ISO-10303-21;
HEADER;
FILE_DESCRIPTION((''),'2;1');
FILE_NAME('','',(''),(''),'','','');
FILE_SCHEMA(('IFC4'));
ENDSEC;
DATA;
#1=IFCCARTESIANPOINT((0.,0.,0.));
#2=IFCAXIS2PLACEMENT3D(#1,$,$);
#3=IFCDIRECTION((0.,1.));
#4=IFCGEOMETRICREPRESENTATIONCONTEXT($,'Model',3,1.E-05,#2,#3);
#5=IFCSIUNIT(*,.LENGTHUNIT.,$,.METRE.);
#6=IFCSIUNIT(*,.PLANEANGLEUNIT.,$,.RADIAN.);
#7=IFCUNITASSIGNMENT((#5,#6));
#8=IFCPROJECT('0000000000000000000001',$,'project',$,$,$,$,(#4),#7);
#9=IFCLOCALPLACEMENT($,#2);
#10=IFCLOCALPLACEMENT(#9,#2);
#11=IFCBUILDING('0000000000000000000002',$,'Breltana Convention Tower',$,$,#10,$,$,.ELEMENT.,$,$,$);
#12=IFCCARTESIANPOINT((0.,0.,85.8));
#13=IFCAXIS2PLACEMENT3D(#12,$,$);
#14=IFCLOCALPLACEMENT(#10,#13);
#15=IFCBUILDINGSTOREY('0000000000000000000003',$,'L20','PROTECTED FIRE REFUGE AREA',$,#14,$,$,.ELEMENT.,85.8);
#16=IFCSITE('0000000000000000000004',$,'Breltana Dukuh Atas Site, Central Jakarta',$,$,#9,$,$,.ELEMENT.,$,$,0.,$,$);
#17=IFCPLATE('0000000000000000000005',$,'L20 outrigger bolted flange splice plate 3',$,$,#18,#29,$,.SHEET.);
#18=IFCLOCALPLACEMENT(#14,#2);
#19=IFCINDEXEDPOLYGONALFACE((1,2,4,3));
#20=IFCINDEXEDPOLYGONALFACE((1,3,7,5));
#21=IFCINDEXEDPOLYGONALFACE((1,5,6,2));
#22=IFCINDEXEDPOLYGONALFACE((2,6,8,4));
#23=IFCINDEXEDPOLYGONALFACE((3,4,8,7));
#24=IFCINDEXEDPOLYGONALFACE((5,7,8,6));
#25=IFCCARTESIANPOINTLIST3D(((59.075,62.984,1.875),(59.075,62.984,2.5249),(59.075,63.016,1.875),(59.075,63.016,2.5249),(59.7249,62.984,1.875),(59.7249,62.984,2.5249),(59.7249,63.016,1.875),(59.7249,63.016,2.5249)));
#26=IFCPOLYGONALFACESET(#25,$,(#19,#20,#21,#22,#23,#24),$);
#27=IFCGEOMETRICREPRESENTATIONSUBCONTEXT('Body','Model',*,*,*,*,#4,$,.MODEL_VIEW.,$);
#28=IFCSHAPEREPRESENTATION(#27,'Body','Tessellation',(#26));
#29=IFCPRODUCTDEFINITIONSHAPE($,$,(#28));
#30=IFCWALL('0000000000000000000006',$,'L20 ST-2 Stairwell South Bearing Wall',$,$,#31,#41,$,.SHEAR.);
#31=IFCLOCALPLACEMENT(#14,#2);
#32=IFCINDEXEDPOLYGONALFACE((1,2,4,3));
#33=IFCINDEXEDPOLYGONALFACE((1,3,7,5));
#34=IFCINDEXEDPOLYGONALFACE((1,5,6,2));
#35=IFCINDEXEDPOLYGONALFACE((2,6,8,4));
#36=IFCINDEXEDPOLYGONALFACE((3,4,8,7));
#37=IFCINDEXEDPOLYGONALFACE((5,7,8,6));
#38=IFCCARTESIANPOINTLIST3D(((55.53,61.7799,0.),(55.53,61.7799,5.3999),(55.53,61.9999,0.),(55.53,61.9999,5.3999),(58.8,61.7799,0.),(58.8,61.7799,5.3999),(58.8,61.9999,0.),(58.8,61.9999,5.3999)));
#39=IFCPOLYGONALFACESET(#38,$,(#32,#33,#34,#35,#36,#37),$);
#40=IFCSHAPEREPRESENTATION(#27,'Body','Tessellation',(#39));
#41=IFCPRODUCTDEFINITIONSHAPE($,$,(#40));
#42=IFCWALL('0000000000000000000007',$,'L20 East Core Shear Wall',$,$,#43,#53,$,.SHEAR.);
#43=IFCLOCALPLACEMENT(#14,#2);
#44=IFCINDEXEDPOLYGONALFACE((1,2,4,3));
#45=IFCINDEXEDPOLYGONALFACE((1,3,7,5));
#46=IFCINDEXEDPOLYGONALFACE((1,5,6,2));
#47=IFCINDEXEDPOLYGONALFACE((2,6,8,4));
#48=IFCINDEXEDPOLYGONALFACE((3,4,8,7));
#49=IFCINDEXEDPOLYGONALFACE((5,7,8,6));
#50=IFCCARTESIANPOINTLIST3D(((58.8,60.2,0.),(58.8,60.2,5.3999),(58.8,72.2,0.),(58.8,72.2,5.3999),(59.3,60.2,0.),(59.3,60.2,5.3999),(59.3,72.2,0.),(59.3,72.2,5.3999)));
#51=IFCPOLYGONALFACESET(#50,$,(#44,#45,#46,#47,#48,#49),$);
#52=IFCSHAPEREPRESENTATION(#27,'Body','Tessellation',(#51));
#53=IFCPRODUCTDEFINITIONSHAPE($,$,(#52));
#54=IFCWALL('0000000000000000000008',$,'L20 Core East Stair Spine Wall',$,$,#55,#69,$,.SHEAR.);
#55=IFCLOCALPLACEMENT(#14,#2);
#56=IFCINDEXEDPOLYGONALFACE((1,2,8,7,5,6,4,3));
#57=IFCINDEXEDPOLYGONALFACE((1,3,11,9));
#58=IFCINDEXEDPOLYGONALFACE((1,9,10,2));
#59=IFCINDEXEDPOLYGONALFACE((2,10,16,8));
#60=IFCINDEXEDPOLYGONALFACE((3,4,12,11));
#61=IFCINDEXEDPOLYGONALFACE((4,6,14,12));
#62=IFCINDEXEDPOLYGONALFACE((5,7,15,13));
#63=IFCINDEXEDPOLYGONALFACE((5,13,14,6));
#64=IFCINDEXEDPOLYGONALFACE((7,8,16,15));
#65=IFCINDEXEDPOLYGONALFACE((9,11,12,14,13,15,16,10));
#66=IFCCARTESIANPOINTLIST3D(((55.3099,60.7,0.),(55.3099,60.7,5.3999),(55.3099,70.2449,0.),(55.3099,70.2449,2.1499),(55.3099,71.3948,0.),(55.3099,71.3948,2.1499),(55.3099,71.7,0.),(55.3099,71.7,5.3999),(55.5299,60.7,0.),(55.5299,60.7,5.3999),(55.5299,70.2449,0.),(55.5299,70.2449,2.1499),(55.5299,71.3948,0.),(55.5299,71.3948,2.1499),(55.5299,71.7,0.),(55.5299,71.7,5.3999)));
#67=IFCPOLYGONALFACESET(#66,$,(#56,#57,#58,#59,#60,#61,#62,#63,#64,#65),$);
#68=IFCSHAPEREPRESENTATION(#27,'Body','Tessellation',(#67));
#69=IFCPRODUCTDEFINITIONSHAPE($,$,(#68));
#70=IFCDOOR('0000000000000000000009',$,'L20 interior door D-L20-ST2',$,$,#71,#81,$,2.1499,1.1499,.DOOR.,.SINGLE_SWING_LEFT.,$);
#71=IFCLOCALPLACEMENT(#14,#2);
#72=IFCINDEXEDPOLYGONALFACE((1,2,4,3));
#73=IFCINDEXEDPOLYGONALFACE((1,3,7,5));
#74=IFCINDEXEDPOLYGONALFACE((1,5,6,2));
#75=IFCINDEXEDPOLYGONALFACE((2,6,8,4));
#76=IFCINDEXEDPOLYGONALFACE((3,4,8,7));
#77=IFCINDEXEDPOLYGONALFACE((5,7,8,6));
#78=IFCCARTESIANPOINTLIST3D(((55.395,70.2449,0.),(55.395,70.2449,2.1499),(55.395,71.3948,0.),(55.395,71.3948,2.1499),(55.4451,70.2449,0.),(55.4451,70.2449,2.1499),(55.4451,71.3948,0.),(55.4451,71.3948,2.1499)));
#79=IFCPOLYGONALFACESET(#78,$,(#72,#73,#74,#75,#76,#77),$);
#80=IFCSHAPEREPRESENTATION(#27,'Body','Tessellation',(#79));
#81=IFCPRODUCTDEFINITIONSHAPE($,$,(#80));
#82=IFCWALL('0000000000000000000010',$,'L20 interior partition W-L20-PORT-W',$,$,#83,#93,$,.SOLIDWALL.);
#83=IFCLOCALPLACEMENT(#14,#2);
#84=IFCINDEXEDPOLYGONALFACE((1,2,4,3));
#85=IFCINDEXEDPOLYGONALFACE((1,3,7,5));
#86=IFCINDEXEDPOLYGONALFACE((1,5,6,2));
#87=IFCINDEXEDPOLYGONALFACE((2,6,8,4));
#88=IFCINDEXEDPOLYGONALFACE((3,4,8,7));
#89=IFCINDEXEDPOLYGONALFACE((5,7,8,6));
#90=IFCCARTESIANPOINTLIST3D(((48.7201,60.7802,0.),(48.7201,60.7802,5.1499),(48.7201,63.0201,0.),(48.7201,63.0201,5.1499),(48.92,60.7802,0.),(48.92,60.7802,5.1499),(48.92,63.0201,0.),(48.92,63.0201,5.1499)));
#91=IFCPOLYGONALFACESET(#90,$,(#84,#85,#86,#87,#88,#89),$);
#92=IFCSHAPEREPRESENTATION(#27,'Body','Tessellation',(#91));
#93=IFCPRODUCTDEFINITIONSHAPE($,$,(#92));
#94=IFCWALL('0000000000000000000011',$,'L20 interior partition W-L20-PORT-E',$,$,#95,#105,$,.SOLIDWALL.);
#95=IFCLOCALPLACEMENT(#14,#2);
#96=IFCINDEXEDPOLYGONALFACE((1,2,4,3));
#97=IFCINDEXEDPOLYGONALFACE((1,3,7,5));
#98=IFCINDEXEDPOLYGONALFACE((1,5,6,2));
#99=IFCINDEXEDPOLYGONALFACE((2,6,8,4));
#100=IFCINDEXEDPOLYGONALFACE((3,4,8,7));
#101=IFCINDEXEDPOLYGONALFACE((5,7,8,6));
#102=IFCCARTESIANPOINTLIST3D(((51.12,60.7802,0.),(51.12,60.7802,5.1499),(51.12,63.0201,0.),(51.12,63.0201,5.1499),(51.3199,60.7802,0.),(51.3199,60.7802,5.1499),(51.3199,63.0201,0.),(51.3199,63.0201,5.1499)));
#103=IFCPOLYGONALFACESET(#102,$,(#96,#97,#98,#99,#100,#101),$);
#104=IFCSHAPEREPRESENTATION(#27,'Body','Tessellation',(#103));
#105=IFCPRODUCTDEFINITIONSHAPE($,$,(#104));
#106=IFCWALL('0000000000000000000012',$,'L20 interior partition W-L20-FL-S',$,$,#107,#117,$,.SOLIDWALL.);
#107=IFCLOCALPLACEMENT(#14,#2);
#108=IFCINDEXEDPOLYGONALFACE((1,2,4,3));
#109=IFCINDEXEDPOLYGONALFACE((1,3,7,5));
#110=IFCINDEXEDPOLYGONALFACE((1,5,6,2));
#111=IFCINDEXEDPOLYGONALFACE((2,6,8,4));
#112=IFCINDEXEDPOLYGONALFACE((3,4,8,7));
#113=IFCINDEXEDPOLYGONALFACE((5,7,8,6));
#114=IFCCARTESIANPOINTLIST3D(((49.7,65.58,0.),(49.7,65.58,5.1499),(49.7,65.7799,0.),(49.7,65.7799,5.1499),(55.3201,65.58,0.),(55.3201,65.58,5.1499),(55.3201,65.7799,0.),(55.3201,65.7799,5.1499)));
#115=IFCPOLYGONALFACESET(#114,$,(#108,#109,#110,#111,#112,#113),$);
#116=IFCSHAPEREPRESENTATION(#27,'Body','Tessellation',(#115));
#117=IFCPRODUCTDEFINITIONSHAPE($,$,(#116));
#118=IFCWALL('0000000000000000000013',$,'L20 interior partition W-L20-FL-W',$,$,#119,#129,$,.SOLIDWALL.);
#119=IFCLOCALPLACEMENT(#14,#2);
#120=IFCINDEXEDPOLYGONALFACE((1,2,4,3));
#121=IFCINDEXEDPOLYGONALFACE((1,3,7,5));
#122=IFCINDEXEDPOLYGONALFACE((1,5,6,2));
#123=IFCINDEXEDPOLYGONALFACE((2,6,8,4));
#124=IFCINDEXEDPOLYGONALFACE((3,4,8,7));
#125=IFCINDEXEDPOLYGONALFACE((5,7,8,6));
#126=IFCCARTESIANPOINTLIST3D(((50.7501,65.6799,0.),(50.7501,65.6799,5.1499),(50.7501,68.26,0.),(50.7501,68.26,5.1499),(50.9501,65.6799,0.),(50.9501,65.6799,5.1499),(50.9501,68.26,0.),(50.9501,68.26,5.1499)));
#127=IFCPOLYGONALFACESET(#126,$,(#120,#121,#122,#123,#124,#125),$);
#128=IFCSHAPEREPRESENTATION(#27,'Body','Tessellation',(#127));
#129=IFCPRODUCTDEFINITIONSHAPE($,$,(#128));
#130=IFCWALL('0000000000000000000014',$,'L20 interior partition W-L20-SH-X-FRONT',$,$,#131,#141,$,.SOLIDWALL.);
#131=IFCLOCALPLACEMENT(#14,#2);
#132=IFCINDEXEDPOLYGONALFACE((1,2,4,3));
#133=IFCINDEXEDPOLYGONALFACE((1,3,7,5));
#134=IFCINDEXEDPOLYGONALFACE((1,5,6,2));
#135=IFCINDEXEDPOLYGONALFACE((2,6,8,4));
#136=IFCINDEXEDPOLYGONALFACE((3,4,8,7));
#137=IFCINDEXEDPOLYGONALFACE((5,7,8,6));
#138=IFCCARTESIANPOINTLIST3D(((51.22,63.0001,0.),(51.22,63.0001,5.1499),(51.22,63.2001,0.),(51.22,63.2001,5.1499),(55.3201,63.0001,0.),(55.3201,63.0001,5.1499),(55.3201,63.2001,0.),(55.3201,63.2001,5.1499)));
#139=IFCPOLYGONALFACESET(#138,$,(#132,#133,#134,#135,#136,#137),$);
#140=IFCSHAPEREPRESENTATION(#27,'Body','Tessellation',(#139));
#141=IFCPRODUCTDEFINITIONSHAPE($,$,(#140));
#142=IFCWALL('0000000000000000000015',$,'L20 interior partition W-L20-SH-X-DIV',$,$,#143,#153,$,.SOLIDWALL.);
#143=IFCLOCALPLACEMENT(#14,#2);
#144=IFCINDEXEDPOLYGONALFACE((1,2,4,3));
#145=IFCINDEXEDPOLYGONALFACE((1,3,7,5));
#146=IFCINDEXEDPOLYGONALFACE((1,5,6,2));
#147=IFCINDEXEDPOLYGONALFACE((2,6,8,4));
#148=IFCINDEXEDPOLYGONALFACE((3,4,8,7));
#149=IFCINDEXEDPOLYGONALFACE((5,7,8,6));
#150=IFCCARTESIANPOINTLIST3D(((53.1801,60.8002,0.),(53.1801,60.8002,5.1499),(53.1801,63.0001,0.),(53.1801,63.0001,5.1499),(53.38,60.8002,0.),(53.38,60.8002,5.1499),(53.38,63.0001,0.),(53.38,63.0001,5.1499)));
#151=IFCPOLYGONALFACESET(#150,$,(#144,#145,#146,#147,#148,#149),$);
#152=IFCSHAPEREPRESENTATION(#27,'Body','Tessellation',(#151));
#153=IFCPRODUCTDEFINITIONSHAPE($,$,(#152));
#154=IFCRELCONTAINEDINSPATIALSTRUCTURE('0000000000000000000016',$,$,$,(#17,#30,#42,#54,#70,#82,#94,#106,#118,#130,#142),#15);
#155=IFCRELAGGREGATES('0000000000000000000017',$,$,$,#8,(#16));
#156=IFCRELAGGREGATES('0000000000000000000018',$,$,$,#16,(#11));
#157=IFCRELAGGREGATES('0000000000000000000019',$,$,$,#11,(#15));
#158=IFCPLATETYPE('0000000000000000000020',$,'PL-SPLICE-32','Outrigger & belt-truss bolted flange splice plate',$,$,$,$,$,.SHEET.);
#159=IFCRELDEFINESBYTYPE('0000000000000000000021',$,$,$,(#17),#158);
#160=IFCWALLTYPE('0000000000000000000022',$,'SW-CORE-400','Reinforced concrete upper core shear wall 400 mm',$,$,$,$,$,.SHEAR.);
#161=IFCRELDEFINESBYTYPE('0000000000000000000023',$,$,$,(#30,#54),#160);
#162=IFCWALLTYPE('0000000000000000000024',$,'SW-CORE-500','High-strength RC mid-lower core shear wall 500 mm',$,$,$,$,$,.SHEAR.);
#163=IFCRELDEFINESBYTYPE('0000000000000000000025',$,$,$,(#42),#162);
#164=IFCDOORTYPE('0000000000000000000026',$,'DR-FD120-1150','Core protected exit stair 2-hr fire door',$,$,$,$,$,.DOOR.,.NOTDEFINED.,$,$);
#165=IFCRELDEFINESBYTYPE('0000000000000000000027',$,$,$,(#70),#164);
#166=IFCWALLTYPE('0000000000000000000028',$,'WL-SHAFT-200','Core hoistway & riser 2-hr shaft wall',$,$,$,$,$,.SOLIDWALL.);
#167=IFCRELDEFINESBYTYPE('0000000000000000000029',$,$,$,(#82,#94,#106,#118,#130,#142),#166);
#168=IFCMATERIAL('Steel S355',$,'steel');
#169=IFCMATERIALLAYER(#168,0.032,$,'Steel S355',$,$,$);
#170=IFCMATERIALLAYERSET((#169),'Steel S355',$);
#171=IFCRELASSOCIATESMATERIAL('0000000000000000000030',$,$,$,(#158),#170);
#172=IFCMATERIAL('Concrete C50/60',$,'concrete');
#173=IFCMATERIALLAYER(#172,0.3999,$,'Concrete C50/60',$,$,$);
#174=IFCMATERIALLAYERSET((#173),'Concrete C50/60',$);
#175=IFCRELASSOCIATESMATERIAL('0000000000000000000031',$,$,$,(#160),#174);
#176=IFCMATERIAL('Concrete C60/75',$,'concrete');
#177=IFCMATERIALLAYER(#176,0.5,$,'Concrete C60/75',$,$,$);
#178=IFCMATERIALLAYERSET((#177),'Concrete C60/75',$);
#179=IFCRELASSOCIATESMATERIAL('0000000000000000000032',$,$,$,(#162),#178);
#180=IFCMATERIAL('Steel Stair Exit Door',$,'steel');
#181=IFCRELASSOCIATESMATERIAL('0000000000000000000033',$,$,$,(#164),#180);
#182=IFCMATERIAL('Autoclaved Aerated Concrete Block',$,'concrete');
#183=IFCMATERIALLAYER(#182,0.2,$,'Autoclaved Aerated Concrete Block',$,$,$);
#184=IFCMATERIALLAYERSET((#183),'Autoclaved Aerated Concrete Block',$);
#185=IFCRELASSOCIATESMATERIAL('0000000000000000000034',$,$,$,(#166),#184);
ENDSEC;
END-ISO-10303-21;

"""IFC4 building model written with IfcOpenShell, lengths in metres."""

from ifc_helpers import new_model, si_unit, direction, frame, frame_2d, origin, origin_2d, place, context, subcontext, project, spatial, rectangle, extrude, source, transform, mapped, material, layer, layer_set, type_object, type_shapes, element, fill, save


model = new_model("IFC4")

# Units and contexts
model_context = context("Model", 3, precision=1e-05, world=origin(), true_north=direction((0.0, 1.0)))
body_context = subcontext(model_context, "Body", "Model", "MODEL_VIEW")
ifc_project = project(units=[si_unit("LENGTHUNIT", "METRE"), si_unit("PLANEANGLEUNIT", "RADIAN")], contexts=[model_context])

# Site, building, storey
site_placement = place(None, origin())
site = spatial("IfcSite", under=ifc_project, at=site_placement, Name="Breltana Dukuh Atas Site, Central Jakarta", CompositionType="ELEMENT", RefElevation=0.0)
building_placement = place(site_placement, origin())
building = spatial("IfcBuilding", under=site, at=building_placement, Name="Breltana Convention Tower", CompositionType="ELEMENT")
storey_placement = place(building_placement, frame((0.0, 0.0, 85.8)))
storey = spatial("IfcBuildingStorey", under=building, at=storey_placement, Name="L20", Description="PROTECTED FIRE REFUGE AREA", CompositionType="ELEMENT", Elevation=85.8)

# Shared definitions
ifc_material_1 = material(Name="Concrete C60/75", Category="concrete")

# Plate
ifc_material_2 = material(Name="Steel S355", Category="steel")
ifc_layer_1 = layer(ifc_material_2, 0.032, Name="Steel S355")
ifc_layer_set_1 = layer_set([ifc_layer_1], Name="Steel S355")
plate_type = type_object("IfcPlateType", Name="PL-SPLICE-32", Description="Outrigger & belt-truss bolted flange splice plate", PredefinedType="SHEET", material=ifc_layer_set_1)
shared_shape_1 = source(origin(), body_context, "Body", "SweptSolid", [
    extrude(rectangle(XDim=0.6499, YDim=0.032, at=origin_2d()), origin(), (0.0, 0.0, 1.0), 0.6499),
])
type_shapes(plate_type, [shared_shape_1])
plate_placement = place(storey_placement, frame((59.3999, 63.0, 1.875), z_axis=(0.0, 0.0, 1.0), x_axis=(1.0, 0.0, 0.0)))
element("IfcPlate", 1, at=plate_placement, inside=storey, type_object=plate_type, Name="L20 outrigger bolted flange splice plate 3", PredefinedType="SHEET", context=body_context, shape_type="MappedRepresentation", body=[
    mapped(shared_shape_1, transform((0.0, 0.0, 0.0), scale=1.0)),
])

# Walls
ifc_material_3 = material(Name="Concrete C50/60", Category="concrete")
ifc_layer_2 = layer(ifc_material_3, 0.3999, Name="Concrete C50/60")
ifc_layer_set_2 = layer_set([ifc_layer_2], Name="Concrete C50/60")
wall_type_1 = type_object("IfcWallType", Name="SW-CORE-400", Description="Reinforced concrete upper core shear wall 400 mm", PredefinedType="SHEAR", material=ifc_layer_set_2)
shared_shape_2 = source(origin(), body_context, "Body", "SweptSolid", [
    extrude(rectangle(XDim=3.27, YDim=0.22, at=frame_2d((1.635, 0.0))), origin(), (0.0, 0.0, 1.0), 5.3999),
])
wall_1_placement = place(storey_placement, frame((55.53, 61.8899, 0.0), z_axis=(0.0, 0.0, 1.0), x_axis=(1.0, 0.0, 0.0)))
element("IfcWall", 2, at=wall_1_placement, inside=storey, type_object=wall_type_1, Name="L20 ST-2 Stairwell South Bearing Wall", PredefinedType="SHEAR", context=body_context, shape_type="MappedRepresentation", body=[
    mapped(shared_shape_2, transform((0.0, 0.0, 0.0), scale=1.0)),
])
ifc_layer_3 = layer(ifc_material_1, 0.5, Name="Concrete C60/75")
ifc_layer_set_3 = layer_set([ifc_layer_3], Name="Concrete C60/75")
wall_type_2 = type_object("IfcWallType", Name="SW-CORE-500", Description="High-strength RC mid-lower core shear wall 500 mm", PredefinedType="SHEAR", material=ifc_layer_set_3)
shared_shape_3 = source(origin(), body_context, "Body", "SweptSolid", [
    extrude(rectangle(XDim=12.0, YDim=0.5, at=frame_2d((6.0, 0.0))), origin(), (0.0, 0.0, 1.0), 5.3999),
])
type_shapes(wall_type_2, [shared_shape_3])
wall_2_placement = place(storey_placement, frame((59.05, 60.2, 0.0), z_axis=(0.0, 0.0, 1.0), x_axis=(0.0, 1.0, 0.0)))
element("IfcWall", 3, at=wall_2_placement, inside=storey, type_object=wall_type_2, Name="L20 East Core Shear Wall", PredefinedType="SHEAR", context=body_context, shape_type="MappedRepresentation", body=[
    mapped(shared_shape_3, transform((0.0, 0.0, 0.0), scale=1.0)),
])

# Wall, opening, door
shared_shape_4 = source(origin(), body_context, "Body", "SweptSolid", [
    extrude(rectangle(XDim=11.0, YDim=0.22, at=frame_2d((5.5, 0.0))), origin(), (0.0, 0.0, 1.0), 5.3999),
])
wall_3_placement = place(storey_placement, frame((55.4199, 60.7, 0.0), z_axis=(0.0, 0.0, 1.0), x_axis=(0.0, 1.0, 0.0)))
wall_3 = element("IfcWall", 4, at=wall_3_placement, inside=storey, type_object=wall_type_1, Name="L20 Core East Stair Spine Wall", PredefinedType="SHEAR", context=body_context, shape_type="MappedRepresentation", body=[
    mapped(shared_shape_4, transform((0.0, 0.0, 0.0), scale=1.0)),
])
opening_1_placement = place(wall_3_placement, frame((9.5449, 0.0, 0.0)))
opening_1 = element("IfcOpeningElement", 5, at=opening_1_placement, cuts=wall_3, PredefinedType="OPENING", context=body_context, shape_type="SweptSolid", body=[
    extrude(rectangle(XDim=1.1499, YDim=2.1499, at=frame_2d((0.575, 1.075))), frame((0.0, 0.1201, 0.0), z_axis=(0.0, -1.0, 0.0), x_axis=(1.0, 0.0, 0.0)), (0.0, 0.0, 1.0), 0.24),
])
ifc_material_4 = material(Name="Steel Stair Exit Door", Category="steel")
door_type_1 = type_object("IfcDoorType", Name="DR-FD120-1150", Description="Core protected exit stair 2-hr fire door", OperationType="NOTDEFINED", PredefinedType="DOOR", material=ifc_material_4)
shared_shape_5 = source(origin(), body_context, "Body", "SweptSolid", [
    extrude(rectangle(XDim=1.1499, YDim=2.1499, at=frame_2d((0.575, 1.075))), frame((0.0, 0.0249, 0.0), z_axis=(0.0, -1.0, 0.0), x_axis=(1.0, 0.0, 0.0)), (0.0, 0.0, 1.0), 0.05),
])
type_shapes(door_type_1, [shared_shape_5])
door_1_placement = place(opening_1_placement, origin())
door_1 = element("IfcDoor", 6, at=door_1_placement, inside=storey, type_object=door_type_1, Name="L20 interior door D-L20-ST2", OperationType="SINGLE_SWING_LEFT", OverallHeight=2.1499, OverallWidth=1.1499, PredefinedType="DOOR", context=body_context, shape_type="MappedRepresentation", body=[
    mapped(shared_shape_5, transform((0.0, 0.0, 0.0), scale=1.0)),
])
fill(opening_1, door_1)

# Walls
ifc_material_5 = material(Name="Autoclaved Aerated Concrete Block", Category="concrete")
ifc_layer_4 = layer(ifc_material_5, 0.2, Name="Autoclaved Aerated Concrete Block")
ifc_layer_set_4 = layer_set([ifc_layer_4], Name="Autoclaved Aerated Concrete Block")
wall_type_3 = type_object("IfcWallType", Name="WL-SHAFT-200", Description="Core hoistway & riser 2-hr shaft wall", PredefinedType="SOLIDWALL", material=ifc_layer_set_4)
shared_shape_6 = source(origin(), body_context, "Body", "SweptSolid", [
    extrude(rectangle(XDim=2.24, YDim=0.2, at=frame_2d((1.1201, 0.0))), origin(), (0.0, 0.0, 1.0), 5.1499),
])
for number, where, z_axis, x_axis, name in (
    (7, (48.8201, 60.78, 0.0), (0.0, 0.0, 1.0), (0.0, 1.0, 0.0), "L20 interior partition W-L20-PORT-W"),
    (8, (51.22, 60.78, 0.0), (0.0, 0.0, 1.0), (0.0, 1.0, 0.0), "L20 interior partition W-L20-PORT-E"),
):
    element("IfcWall", number, at=place(storey_placement, frame(where, z_axis=z_axis, x_axis=x_axis)), inside=storey, type_object=wall_type_3, Name=name, PredefinedType="SOLIDWALL", context=body_context, shape_type="MappedRepresentation", body=[
        mapped(shared_shape_6, transform((0.0, 0.0, 0.0), scale=1.0)),
    ])
shared_shape_7 = source(origin(), body_context, "Body", "SweptSolid", [
    extrude(rectangle(XDim=5.6201, YDim=0.2, at=frame_2d((2.8101, 0.0))), origin(), (0.0, 0.0, 1.0), 5.1499),
])
wall_4_placement = place(storey_placement, frame((49.7, 65.6799, 0.0), z_axis=(0.0, 0.0, 1.0), x_axis=(1.0, 0.0, 0.0)))
element("IfcWall", 9, at=wall_4_placement, inside=storey, type_object=wall_type_3, Name="L20 interior partition W-L20-FL-S", PredefinedType="SOLIDWALL", context=body_context, shape_type="MappedRepresentation", body=[
    mapped(shared_shape_7, transform((0.0, 0.0, 0.0), scale=1.0)),
])
shared_shape_8 = source(origin(), body_context, "Body", "SweptSolid", [
    extrude(rectangle(XDim=2.5801, YDim=0.2, at=frame_2d((1.29, 0.0))), origin(), (0.0, 0.0, 1.0), 5.1499),
])
wall_5_placement = place(storey_placement, frame((50.8501, 65.6799, 0.0), z_axis=(0.0, 0.0, 1.0), x_axis=(0.0, 1.0, 0.0)))
element("IfcWall", 10, at=wall_5_placement, inside=storey, type_object=wall_type_3, Name="L20 interior partition W-L20-FL-W", PredefinedType="SOLIDWALL", context=body_context, shape_type="MappedRepresentation", body=[
    mapped(shared_shape_8, transform((0.0, 0.0, 0.0), scale=1.0)),
])
shared_shape_9 = source(origin(), body_context, "Body", "SweptSolid", [
    extrude(rectangle(XDim=4.1001, YDim=0.2, at=frame_2d((2.05, 0.0))), origin(), (0.0, 0.0, 1.0), 5.1499),
])
wall_6_placement = place(storey_placement, frame((51.22, 63.1001, 0.0), z_axis=(0.0, 0.0, 1.0), x_axis=(1.0, 0.0, 0.0)))
element("IfcWall", 11, at=wall_6_placement, inside=storey, type_object=wall_type_3, Name="L20 interior partition W-L20-SH-X-FRONT", PredefinedType="SOLIDWALL", context=body_context, shape_type="MappedRepresentation", body=[
    mapped(shared_shape_9, transform((0.0, 0.0, 0.0), scale=1.0)),
])
shared_shape_10 = source(origin(), body_context, "Body", "SweptSolid", [
    extrude(rectangle(XDim=2.2, YDim=0.2, at=frame_2d((1.1001, 0.0))), origin(), (0.0, 0.0, 1.0), 5.1499),
])
wall_7_placement = place(storey_placement, frame((53.28, 60.8, 0.0), z_axis=(0.0, 0.0, 1.0), x_axis=(0.0, 1.0, 0.0)))
element("IfcWall", 12, at=wall_7_placement, inside=storey, type_object=wall_type_3, Name="L20 interior partition W-L20-SH-X-DIV", PredefinedType="SOLIDWALL", context=body_context, shape_type="MappedRepresentation", body=[
    mapped(shared_shape_10, transform((0.0, 0.0, 0.0), scale=1.0)),
])

save(model, "model.ifc")
